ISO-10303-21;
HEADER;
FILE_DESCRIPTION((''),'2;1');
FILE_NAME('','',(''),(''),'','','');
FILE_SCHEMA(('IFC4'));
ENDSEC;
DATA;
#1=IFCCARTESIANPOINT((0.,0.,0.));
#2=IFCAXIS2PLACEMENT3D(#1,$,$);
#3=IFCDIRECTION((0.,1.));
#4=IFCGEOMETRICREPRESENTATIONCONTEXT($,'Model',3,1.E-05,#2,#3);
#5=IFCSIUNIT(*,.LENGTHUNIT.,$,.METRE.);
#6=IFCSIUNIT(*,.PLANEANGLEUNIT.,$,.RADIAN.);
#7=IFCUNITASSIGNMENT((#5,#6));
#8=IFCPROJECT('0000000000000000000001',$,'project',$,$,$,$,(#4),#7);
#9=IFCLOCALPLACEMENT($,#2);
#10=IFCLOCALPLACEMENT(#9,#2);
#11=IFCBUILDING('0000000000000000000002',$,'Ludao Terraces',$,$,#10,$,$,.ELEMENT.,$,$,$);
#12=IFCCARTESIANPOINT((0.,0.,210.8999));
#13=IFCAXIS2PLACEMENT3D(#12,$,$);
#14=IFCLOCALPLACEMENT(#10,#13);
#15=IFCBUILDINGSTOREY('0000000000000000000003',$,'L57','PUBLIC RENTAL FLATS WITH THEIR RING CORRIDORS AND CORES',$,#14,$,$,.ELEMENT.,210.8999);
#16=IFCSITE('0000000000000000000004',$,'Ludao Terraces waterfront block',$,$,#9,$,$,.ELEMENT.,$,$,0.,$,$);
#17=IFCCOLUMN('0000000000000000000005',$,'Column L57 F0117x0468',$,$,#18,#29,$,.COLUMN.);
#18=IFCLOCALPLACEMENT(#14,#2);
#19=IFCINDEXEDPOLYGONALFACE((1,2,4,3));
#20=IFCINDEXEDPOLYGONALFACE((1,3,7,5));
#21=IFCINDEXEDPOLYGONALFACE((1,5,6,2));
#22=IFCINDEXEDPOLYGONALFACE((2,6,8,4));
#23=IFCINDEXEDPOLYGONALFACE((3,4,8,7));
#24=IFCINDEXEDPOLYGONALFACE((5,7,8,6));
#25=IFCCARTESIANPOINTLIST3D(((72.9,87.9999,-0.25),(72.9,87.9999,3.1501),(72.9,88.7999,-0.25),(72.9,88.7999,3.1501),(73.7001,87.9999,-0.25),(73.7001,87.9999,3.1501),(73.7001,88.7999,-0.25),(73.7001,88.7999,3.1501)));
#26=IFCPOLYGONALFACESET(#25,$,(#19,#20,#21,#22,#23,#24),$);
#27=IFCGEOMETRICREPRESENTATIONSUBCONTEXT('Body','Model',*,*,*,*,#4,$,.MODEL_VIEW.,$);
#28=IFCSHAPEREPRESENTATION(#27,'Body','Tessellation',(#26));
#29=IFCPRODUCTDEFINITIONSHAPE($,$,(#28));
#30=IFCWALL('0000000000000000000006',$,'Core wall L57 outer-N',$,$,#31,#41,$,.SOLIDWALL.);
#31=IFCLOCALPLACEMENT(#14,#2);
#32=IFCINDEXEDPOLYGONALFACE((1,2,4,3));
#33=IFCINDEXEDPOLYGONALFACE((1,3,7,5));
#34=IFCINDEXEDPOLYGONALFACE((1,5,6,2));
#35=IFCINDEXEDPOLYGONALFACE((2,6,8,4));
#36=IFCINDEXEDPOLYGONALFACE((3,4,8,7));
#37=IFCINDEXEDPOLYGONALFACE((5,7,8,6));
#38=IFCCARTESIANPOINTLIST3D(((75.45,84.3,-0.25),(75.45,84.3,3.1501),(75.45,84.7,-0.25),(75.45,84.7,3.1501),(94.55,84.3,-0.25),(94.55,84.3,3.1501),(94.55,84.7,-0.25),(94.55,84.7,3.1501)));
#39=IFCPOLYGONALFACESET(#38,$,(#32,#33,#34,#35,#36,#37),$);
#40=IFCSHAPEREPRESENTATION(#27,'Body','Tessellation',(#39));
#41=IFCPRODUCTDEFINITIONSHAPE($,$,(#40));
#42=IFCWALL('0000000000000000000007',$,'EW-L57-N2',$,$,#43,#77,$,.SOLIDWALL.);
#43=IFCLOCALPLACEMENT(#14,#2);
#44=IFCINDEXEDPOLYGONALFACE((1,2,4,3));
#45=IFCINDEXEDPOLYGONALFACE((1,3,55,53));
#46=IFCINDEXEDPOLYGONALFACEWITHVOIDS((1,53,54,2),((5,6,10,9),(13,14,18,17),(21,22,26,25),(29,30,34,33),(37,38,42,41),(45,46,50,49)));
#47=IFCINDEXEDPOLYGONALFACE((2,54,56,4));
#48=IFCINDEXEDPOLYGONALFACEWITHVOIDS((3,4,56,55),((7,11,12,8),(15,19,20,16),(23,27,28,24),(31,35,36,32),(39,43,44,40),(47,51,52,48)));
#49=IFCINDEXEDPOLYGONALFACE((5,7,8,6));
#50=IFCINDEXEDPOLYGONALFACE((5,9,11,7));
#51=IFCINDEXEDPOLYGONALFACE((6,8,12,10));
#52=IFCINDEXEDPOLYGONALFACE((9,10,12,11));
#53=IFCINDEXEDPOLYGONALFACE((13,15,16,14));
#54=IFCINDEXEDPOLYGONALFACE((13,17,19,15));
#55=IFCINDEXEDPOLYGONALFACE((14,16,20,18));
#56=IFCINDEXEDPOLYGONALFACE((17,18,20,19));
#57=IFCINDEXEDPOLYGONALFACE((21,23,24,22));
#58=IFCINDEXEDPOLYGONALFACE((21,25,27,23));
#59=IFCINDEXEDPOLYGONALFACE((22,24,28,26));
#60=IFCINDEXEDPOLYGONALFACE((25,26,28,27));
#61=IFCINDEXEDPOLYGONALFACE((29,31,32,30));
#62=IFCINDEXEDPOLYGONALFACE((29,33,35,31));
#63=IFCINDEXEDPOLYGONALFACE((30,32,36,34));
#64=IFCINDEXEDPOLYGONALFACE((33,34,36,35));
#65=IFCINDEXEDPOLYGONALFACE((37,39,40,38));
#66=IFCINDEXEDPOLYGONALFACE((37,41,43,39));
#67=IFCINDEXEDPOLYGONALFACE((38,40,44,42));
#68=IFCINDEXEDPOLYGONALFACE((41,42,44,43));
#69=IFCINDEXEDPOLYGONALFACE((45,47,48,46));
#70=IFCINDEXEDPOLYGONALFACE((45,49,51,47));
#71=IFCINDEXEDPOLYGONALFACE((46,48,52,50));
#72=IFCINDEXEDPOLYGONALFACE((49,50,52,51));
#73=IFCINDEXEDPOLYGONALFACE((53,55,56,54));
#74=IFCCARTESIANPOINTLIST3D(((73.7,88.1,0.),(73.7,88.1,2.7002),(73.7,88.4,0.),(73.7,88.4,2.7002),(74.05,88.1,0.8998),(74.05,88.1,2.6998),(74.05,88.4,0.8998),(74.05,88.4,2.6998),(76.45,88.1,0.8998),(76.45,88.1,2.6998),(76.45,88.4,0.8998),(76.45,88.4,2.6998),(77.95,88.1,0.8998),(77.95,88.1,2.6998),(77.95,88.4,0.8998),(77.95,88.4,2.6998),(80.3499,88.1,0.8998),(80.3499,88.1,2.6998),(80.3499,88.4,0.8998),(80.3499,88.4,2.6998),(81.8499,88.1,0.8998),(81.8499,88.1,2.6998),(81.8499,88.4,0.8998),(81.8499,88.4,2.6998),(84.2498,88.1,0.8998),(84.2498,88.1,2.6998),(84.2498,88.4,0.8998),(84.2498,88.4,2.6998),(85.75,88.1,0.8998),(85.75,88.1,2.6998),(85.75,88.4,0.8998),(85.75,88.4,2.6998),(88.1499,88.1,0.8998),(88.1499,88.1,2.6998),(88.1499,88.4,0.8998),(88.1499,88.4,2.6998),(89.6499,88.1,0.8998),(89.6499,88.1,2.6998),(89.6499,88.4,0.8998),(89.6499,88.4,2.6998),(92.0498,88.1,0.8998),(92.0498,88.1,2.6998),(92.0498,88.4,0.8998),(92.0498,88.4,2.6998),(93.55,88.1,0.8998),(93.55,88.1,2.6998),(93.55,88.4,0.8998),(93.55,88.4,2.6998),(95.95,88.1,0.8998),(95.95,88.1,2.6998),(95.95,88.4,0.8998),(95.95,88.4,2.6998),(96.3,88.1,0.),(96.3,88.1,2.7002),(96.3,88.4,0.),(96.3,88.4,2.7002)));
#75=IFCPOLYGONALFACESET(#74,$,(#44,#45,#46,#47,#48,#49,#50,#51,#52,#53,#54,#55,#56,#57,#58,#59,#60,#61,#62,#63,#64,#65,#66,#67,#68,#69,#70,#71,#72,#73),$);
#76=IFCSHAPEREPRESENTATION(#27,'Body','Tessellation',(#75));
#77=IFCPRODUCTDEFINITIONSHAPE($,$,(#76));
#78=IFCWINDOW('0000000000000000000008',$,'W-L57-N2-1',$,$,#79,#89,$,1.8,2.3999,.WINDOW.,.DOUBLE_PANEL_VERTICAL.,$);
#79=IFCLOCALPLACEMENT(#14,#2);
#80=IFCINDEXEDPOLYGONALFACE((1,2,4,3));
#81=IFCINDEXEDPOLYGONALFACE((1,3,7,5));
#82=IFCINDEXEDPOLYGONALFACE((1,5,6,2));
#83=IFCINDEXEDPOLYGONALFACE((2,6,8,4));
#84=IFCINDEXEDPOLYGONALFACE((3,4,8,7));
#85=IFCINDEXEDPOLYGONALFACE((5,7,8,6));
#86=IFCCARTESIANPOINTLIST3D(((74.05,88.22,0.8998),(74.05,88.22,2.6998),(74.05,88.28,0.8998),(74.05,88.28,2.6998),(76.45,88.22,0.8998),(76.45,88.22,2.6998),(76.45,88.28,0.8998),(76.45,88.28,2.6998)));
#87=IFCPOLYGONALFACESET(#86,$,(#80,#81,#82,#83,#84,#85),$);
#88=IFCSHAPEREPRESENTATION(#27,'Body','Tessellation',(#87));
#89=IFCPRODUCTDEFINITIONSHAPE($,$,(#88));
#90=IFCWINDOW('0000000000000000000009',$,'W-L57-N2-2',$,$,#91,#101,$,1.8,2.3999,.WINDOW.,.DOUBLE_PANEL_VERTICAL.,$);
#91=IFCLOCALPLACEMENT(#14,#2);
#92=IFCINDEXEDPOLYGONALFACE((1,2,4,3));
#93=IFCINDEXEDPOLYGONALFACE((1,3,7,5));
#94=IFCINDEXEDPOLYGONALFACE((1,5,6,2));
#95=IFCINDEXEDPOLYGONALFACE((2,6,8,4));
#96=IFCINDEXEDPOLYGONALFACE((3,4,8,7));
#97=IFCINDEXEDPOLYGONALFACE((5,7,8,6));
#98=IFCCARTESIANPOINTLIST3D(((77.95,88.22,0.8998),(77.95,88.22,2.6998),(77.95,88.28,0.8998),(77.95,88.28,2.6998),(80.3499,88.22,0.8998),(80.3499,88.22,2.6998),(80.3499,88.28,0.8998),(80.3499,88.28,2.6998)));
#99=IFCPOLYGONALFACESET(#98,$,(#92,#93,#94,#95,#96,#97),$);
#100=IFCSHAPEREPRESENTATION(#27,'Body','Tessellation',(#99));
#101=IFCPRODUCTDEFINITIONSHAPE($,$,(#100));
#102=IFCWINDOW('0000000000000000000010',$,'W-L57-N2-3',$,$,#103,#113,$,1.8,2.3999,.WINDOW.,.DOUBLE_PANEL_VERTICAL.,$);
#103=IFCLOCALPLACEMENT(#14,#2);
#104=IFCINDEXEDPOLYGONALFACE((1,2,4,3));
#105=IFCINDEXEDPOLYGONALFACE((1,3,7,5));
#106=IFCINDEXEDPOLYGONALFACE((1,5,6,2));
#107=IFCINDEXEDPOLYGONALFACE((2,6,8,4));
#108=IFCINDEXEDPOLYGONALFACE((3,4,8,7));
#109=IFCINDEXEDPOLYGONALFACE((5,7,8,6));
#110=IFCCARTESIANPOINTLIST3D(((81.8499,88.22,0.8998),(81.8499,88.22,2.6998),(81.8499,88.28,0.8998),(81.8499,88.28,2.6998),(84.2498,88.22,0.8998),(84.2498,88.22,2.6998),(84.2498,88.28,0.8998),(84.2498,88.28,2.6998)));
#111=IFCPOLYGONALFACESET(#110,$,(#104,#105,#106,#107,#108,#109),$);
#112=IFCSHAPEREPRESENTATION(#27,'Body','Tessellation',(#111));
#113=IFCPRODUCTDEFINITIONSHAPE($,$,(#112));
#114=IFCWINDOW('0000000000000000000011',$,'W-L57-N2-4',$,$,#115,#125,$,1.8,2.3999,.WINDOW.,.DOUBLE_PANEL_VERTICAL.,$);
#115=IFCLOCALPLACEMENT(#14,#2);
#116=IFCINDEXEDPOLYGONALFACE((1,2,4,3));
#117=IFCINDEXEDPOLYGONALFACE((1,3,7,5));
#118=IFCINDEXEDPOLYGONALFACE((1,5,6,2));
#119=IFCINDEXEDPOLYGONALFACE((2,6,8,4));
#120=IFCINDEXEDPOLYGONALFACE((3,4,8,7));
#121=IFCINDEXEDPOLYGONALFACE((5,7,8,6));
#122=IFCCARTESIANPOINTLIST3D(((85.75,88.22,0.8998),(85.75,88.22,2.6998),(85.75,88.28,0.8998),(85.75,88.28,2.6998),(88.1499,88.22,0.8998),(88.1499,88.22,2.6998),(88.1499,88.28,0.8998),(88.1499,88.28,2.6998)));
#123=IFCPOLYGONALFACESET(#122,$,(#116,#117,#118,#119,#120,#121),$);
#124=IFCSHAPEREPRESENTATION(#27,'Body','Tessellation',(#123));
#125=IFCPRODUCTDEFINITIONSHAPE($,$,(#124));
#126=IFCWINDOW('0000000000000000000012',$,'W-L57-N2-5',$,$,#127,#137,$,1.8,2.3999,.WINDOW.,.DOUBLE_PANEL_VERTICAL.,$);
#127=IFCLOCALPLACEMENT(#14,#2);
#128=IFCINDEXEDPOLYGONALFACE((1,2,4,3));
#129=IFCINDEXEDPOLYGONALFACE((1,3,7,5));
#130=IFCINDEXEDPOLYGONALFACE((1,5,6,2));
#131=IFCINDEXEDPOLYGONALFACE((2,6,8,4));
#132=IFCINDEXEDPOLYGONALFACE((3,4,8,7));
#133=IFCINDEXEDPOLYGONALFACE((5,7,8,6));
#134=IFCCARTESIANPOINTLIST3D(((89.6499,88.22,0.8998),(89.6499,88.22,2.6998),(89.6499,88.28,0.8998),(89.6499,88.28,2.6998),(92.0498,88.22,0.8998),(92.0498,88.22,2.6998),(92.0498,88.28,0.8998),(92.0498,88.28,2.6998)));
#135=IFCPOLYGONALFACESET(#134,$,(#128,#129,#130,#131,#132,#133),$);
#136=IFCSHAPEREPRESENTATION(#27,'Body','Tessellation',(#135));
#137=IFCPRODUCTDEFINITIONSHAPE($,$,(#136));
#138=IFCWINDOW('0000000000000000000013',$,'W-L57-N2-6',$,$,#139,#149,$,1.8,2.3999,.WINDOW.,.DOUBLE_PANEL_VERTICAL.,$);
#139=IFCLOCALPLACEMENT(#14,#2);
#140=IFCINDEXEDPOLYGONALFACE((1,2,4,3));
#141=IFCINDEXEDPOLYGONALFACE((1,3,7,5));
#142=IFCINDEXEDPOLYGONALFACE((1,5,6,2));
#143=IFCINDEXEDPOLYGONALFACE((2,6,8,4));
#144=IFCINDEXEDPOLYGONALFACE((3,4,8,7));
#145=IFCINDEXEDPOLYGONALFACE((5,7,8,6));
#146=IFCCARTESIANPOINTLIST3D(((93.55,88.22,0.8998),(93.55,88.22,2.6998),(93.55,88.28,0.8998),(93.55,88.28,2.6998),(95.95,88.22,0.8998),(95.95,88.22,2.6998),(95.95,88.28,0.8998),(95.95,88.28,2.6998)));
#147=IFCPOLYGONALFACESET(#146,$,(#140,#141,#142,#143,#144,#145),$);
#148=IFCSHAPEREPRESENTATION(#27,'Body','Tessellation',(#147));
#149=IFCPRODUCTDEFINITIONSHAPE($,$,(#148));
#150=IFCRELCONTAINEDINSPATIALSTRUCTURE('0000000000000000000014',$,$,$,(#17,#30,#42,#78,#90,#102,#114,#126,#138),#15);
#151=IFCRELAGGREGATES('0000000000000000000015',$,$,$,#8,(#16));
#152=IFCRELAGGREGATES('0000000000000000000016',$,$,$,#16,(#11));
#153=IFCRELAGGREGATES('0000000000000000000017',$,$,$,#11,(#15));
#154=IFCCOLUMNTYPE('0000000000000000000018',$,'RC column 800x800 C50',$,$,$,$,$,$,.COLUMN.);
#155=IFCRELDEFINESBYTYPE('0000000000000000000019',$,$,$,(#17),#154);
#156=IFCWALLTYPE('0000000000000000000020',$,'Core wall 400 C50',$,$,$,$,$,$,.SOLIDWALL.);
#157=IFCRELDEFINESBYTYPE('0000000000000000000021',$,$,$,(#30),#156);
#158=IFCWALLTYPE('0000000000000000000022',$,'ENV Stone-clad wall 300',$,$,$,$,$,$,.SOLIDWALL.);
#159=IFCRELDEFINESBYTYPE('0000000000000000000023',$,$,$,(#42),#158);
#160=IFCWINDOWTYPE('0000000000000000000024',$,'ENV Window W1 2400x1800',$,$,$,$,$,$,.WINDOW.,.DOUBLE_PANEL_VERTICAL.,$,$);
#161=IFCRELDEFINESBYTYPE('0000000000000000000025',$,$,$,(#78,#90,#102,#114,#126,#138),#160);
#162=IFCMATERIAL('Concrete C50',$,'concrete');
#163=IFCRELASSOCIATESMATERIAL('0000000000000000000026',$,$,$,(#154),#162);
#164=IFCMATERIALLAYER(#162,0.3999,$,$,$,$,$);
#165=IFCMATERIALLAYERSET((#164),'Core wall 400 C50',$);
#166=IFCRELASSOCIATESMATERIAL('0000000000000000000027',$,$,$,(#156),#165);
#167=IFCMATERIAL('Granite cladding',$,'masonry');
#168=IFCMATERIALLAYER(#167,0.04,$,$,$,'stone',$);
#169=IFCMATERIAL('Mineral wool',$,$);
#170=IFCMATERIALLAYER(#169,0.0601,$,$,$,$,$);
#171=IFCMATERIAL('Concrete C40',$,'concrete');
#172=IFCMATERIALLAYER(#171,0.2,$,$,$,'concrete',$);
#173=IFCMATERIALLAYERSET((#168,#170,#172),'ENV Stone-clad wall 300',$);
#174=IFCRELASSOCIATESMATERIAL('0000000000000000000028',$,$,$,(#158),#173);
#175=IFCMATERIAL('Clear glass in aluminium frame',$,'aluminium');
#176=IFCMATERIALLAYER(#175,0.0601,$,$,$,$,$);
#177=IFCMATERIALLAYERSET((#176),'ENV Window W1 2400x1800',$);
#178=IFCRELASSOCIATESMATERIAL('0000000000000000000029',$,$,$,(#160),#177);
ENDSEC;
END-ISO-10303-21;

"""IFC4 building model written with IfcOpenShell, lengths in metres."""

from ifc_helpers import new_model, si_unit, direction, frame, frame_2d, origin, origin_2d, place, context, subcontext, project, spatial, rectangle, extrude, material, layer, layer_set, material_profile, profile_set, type_object, element, fill, save


model = new_model("IFC4")

# Units and contexts
model_context = context("Model", 3, precision=1e-05, world=origin(), true_north=direction((0.0, 1.0)))
body_context = subcontext(model_context, "Body", "Model", "MODEL_VIEW")
ifc_project = project(units=[si_unit("LENGTHUNIT", "METRE"), si_unit("PLANEANGLEUNIT", "RADIAN")], contexts=[model_context])

# Site, building, storey
site_placement = place(None, origin())
site = spatial("IfcSite", under=ifc_project, at=site_placement, Name="Ludao Terraces waterfront block", CompositionType="ELEMENT", RefElevation=0.0)
building_placement = place(site_placement, origin())
building = spatial("IfcBuilding", under=site, at=building_placement, Name="Ludao Terraces", CompositionType="ELEMENT")
storey_placement = place(building_placement, frame((0.0, 0.0, 210.8999)))
storey = spatial("IfcBuildingStorey", under=building, at=storey_placement, Name="L57", Description="PUBLIC RENTAL FLATS WITH THEIR RING CORRIDORS AND CORES", CompositionType="ELEMENT", Elevation=210.8999)

# Column
ifc_material_1 = material(Name="Concrete C50", Category="concrete")
ifc_material_profile = material_profile(ifc_material_1, rectangle(XDim=0.8, YDim=0.8, at=origin_2d()), Name="800 X 800")
ifc_profile_set = profile_set([ifc_material_profile], Name="Concrete C50")
column_type = type_object("IfcColumnType", Name="RC column 800x800 C50", PredefinedType="COLUMN", material=ifc_profile_set)
column_placement = place(storey_placement, frame((73.3, 88.3999, -0.25), z_axis=(0.0, 0.0, 1.0), x_axis=(1.0, 0.0, 0.0)))
element("IfcColumn", 1, at=column_placement, inside=storey, type_object=column_type, Name="Column L57 F0117x0468", PredefinedType="COLUMN", context=body_context, shape_type="SweptSolid", body=[
    extrude(rectangle(XDim=0.8, YDim=0.8, at=origin_2d()), origin(), (0.0, 0.0, 1.0), 3.4001),
])

# Wall
ifc_layer_1 = layer(ifc_material_1, 0.3999)
ifc_layer_set_1 = layer_set([ifc_layer_1], Name="Core wall 400 C50")
wall_type_1 = type_object("IfcWallType", Name="Core wall 400 C50", PredefinedType="SOLIDWALL", material=ifc_layer_set_1)
wall_1_placement = place(storey_placement, frame((75.45, 84.5, -0.25), z_axis=(0.0, 0.0, 1.0), x_axis=(1.0, 0.0, 0.0)))
element("IfcWall", 2, at=wall_1_placement, inside=storey, type_object=wall_type_1, Name="Core wall L57 outer-N", PredefinedType="SOLIDWALL", context=body_context, shape_type="SweptSolid", body=[
    extrude(rectangle(XDim=19.1001, YDim=0.3999, at=frame_2d((9.55, 0.0))), origin(), (0.0, 0.0, 1.0), 3.4001),
])

# Wall, openings, windows
ifc_material_2 = material(Name="Granite cladding", Category="masonry")
ifc_layer_2 = layer(ifc_material_2, 0.04, Category="stone")
ifc_material_3 = material(Name="Mineral wool")
ifc_layer_3 = layer(ifc_material_3, 0.0601)
ifc_material_4 = material(Name="Concrete C40", Category="concrete")
ifc_layer_4 = layer(ifc_material_4, 0.2, Category="concrete")
ifc_layer_set_2 = layer_set([ifc_layer_2, ifc_layer_3, ifc_layer_4], Name="ENV Stone-clad wall 300")
wall_type_2 = type_object("IfcWallType", Name="ENV Stone-clad wall 300", PredefinedType="SOLIDWALL", material=ifc_layer_set_2)
wall_2_placement = place(storey_placement, frame((73.7, 88.25, 0.0), z_axis=(0.0, 0.0, 1.0), x_axis=(1.0, 0.0, 0.0)))
wall_2 = element("IfcWall", 3, at=wall_2_placement, inside=storey, type_object=wall_type_2, Name="EW-L57-N2", PredefinedType="SOLIDWALL", context=body_context, shape_type="SweptSolid", body=[
    extrude(rectangle(XDim=22.6001, YDim=0.3, at=frame_2d((11.3, 0.0))), origin(), (0.0, 0.0, 1.0), 2.7002),
])
opening_1_placement = place(wall_2_placement, frame((0.3501, 0.0, 0.8999)))
opening_1 = element("IfcOpeningElement", 4, at=opening_1_placement, cuts=wall_2, PredefinedType="OPENING", context=body_context, shape_type="SweptSolid", body=[
    extrude(rectangle(XDim=2.3999, YDim=1.8, at=frame_2d((1.2, 0.8999))), frame((0.0, 0.1602, 0.0), z_axis=(0.0, -1.0, 0.0), x_axis=(1.0, 0.0, 0.0)), (0.0, 0.0, 1.0), 0.3201),
])
opening_2_placement = place(wall_2_placement, frame((4.25, 0.0, 0.8999)))
opening_2 = element("IfcOpeningElement", 5, at=opening_2_placement, cuts=wall_2, PredefinedType="OPENING", context=body_context, shape_type="SweptSolid", body=[
    extrude(rectangle(XDim=2.3999, YDim=1.8, at=frame_2d((1.2, 0.8999))), frame((0.0, 0.1602, 0.0), z_axis=(0.0, -1.0, 0.0), x_axis=(1.0, 0.0, 0.0)), (0.0, 0.0, 1.0), 0.3201),
])
opening_3_placement = place(wall_2_placement, frame((8.1499, 0.0, 0.8999)))
opening_3 = element("IfcOpeningElement", 6, at=opening_3_placement, cuts=wall_2, PredefinedType="OPENING", context=body_context, shape_type="SweptSolid", body=[
    extrude(rectangle(XDim=2.3999, YDim=1.8, at=frame_2d((1.2, 0.8999))), frame((0.0, 0.1602, 0.0), z_axis=(0.0, -1.0, 0.0), x_axis=(1.0, 0.0, 0.0)), (0.0, 0.0, 1.0), 0.3201),
])
opening_4_placement = place(wall_2_placement, frame((12.05, 0.0, 0.8999)))
opening_4 = element("IfcOpeningElement", 7, at=opening_4_placement, cuts=wall_2, PredefinedType="OPENING", context=body_context, shape_type="SweptSolid", body=[
    extrude(rectangle(XDim=2.3999, YDim=1.8, at=frame_2d((1.2, 0.8999))), frame((0.0, 0.1602, 0.0), z_axis=(0.0, -1.0, 0.0), x_axis=(1.0, 0.0, 0.0)), (0.0, 0.0, 1.0), 0.3201),
])
opening_5_placement = place(wall_2_placement, frame((15.95, 0.0, 0.8999)))
opening_5 = element("IfcOpeningElement", 8, at=opening_5_placement, cuts=wall_2, PredefinedType="OPENING", context=body_context, shape_type="SweptSolid", body=[
    extrude(rectangle(XDim=2.3999, YDim=1.8, at=frame_2d((1.2, 0.8999))), frame((0.0, 0.1602, 0.0), z_axis=(0.0, -1.0, 0.0), x_axis=(1.0, 0.0, 0.0)), (0.0, 0.0, 1.0), 0.3201),
])
opening_6_placement = place(wall_2_placement, frame((19.8501, 0.0, 0.8999)))
opening_6 = element("IfcOpeningElement", 9, at=opening_6_placement, cuts=wall_2, PredefinedType="OPENING", context=body_context, shape_type="SweptSolid", body=[
    extrude(rectangle(XDim=2.3999, YDim=1.8, at=frame_2d((1.2, 0.8999))), frame((0.0, 0.1602, 0.0), z_axis=(0.0, -1.0, 0.0), x_axis=(1.0, 0.0, 0.0)), (0.0, 0.0, 1.0), 0.3201),
])
ifc_material_5 = material(Name="Clear glass in aluminium frame", Category="aluminium")
ifc_layer_5 = layer(ifc_material_5, 0.0601)
ifc_layer_set_3 = layer_set([ifc_layer_5], Name="ENV Window W1 2400x1800")
window_type = type_object("IfcWindowType", Name="ENV Window W1 2400x1800", PartitioningType="DOUBLE_PANEL_VERTICAL", PredefinedType="WINDOW", material=ifc_layer_set_3)
window_1_placement = place(opening_1_placement, origin())
window_1 = element("IfcWindow", 10, at=window_1_placement, inside=storey, type_object=window_type, Name="W-L57-N2-1", OverallHeight=1.8, OverallWidth=2.3999, PartitioningType="DOUBLE_PANEL_VERTICAL", PredefinedType="WINDOW", context=body_context, shape_type="SweptSolid", body=[
    extrude(rectangle(XDim=2.3999, YDim=1.8, at=frame_2d((1.2, 0.8999))), frame((0.0, 0.03, 0.0), z_axis=(0.0, -1.0, 0.0), x_axis=(1.0, 0.0, 0.0)), (0.0, 0.0, 1.0), 0.0601),
])
fill(opening_1, window_1)
window_2_placement = place(opening_2_placement, origin())
window_2 = element("IfcWindow", 11, at=window_2_placement, inside=storey, type_object=window_type, Name="W-L57-N2-2", OverallHeight=1.8, OverallWidth=2.3999, PartitioningType="DOUBLE_PANEL_VERTICAL", PredefinedType="WINDOW", context=body_context, shape_type="SweptSolid", body=[
    extrude(rectangle(XDim=2.3999, YDim=1.8, at=frame_2d((1.2, 0.8999))), frame((0.0, 0.03, 0.0), z_axis=(0.0, -1.0, 0.0), x_axis=(1.0, 0.0, 0.0)), (0.0, 0.0, 1.0), 0.0601),
])
fill(opening_2, window_2)
window_3_placement = place(opening_3_placement, origin())
window_3 = element("IfcWindow", 12, at=window_3_placement, inside=storey, type_object=window_type, Name="W-L57-N2-3", OverallHeight=1.8, OverallWidth=2.3999, PartitioningType="DOUBLE_PANEL_VERTICAL", PredefinedType="WINDOW", context=body_context, shape_type="SweptSolid", body=[
    extrude(rectangle(XDim=2.3999, YDim=1.8, at=frame_2d((1.2, 0.8999))), frame((0.0, 0.03, 0.0), z_axis=(0.0, -1.0, 0.0), x_axis=(1.0, 0.0, 0.0)), (0.0, 0.0, 1.0), 0.0601),
])
fill(opening_3, window_3)
window_4_placement = place(opening_4_placement, origin())
window_4 = element("IfcWindow", 13, at=window_4_placement, inside=storey, type_object=window_type, Name="W-L57-N2-4", OverallHeight=1.8, OverallWidth=2.3999, PartitioningType="DOUBLE_PANEL_VERTICAL", PredefinedType="WINDOW", context=body_context, shape_type="SweptSolid", body=[
    extrude(rectangle(XDim=2.3999, YDim=1.8, at=frame_2d((1.2, 0.8999))), frame((0.0, 0.03, 0.0), z_axis=(0.0, -1.0, 0.0), x_axis=(1.0, 0.0, 0.0)), (0.0, 0.0, 1.0), 0.0601),
])
fill(opening_4, window_4)
window_5_placement = place(opening_5_placement, origin())
window_5 = element("IfcWindow", 14, at=window_5_placement, inside=storey, type_object=window_type, Name="W-L57-N2-5", OverallHeight=1.8, OverallWidth=2.3999, PartitioningType="DOUBLE_PANEL_VERTICAL", PredefinedType="WINDOW", context=body_context, shape_type="SweptSolid", body=[
    extrude(rectangle(XDim=2.3999, YDim=1.8, at=frame_2d((1.2, 0.8999))), frame((0.0, 0.03, 0.0), z_axis=(0.0, -1.0, 0.0), x_axis=(1.0, 0.0, 0.0)), (0.0, 0.0, 1.0), 0.0601),
])
fill(opening_5, window_5)
window_6_placement = place(opening_6_placement, origin())
window_6 = element("IfcWindow", 15, at=window_6_placement, inside=storey, type_object=window_type, Name="W-L57-N2-6", OverallHeight=1.8, OverallWidth=2.3999, PartitioningType="DOUBLE_PANEL_VERTICAL", PredefinedType="WINDOW", context=body_context, shape_type="SweptSolid", body=[
    extrude(rectangle(XDim=2.3999, YDim=1.8, at=frame_2d((1.2, 0.8999))), frame((0.0, 0.03, 0.0), z_axis=(0.0, -1.0, 0.0), x_axis=(1.0, 0.0, 0.0)), (0.0, 0.0, 1.0), 0.0601),
])
fill(opening_6, window_6)

save(model, "model.ifc")
